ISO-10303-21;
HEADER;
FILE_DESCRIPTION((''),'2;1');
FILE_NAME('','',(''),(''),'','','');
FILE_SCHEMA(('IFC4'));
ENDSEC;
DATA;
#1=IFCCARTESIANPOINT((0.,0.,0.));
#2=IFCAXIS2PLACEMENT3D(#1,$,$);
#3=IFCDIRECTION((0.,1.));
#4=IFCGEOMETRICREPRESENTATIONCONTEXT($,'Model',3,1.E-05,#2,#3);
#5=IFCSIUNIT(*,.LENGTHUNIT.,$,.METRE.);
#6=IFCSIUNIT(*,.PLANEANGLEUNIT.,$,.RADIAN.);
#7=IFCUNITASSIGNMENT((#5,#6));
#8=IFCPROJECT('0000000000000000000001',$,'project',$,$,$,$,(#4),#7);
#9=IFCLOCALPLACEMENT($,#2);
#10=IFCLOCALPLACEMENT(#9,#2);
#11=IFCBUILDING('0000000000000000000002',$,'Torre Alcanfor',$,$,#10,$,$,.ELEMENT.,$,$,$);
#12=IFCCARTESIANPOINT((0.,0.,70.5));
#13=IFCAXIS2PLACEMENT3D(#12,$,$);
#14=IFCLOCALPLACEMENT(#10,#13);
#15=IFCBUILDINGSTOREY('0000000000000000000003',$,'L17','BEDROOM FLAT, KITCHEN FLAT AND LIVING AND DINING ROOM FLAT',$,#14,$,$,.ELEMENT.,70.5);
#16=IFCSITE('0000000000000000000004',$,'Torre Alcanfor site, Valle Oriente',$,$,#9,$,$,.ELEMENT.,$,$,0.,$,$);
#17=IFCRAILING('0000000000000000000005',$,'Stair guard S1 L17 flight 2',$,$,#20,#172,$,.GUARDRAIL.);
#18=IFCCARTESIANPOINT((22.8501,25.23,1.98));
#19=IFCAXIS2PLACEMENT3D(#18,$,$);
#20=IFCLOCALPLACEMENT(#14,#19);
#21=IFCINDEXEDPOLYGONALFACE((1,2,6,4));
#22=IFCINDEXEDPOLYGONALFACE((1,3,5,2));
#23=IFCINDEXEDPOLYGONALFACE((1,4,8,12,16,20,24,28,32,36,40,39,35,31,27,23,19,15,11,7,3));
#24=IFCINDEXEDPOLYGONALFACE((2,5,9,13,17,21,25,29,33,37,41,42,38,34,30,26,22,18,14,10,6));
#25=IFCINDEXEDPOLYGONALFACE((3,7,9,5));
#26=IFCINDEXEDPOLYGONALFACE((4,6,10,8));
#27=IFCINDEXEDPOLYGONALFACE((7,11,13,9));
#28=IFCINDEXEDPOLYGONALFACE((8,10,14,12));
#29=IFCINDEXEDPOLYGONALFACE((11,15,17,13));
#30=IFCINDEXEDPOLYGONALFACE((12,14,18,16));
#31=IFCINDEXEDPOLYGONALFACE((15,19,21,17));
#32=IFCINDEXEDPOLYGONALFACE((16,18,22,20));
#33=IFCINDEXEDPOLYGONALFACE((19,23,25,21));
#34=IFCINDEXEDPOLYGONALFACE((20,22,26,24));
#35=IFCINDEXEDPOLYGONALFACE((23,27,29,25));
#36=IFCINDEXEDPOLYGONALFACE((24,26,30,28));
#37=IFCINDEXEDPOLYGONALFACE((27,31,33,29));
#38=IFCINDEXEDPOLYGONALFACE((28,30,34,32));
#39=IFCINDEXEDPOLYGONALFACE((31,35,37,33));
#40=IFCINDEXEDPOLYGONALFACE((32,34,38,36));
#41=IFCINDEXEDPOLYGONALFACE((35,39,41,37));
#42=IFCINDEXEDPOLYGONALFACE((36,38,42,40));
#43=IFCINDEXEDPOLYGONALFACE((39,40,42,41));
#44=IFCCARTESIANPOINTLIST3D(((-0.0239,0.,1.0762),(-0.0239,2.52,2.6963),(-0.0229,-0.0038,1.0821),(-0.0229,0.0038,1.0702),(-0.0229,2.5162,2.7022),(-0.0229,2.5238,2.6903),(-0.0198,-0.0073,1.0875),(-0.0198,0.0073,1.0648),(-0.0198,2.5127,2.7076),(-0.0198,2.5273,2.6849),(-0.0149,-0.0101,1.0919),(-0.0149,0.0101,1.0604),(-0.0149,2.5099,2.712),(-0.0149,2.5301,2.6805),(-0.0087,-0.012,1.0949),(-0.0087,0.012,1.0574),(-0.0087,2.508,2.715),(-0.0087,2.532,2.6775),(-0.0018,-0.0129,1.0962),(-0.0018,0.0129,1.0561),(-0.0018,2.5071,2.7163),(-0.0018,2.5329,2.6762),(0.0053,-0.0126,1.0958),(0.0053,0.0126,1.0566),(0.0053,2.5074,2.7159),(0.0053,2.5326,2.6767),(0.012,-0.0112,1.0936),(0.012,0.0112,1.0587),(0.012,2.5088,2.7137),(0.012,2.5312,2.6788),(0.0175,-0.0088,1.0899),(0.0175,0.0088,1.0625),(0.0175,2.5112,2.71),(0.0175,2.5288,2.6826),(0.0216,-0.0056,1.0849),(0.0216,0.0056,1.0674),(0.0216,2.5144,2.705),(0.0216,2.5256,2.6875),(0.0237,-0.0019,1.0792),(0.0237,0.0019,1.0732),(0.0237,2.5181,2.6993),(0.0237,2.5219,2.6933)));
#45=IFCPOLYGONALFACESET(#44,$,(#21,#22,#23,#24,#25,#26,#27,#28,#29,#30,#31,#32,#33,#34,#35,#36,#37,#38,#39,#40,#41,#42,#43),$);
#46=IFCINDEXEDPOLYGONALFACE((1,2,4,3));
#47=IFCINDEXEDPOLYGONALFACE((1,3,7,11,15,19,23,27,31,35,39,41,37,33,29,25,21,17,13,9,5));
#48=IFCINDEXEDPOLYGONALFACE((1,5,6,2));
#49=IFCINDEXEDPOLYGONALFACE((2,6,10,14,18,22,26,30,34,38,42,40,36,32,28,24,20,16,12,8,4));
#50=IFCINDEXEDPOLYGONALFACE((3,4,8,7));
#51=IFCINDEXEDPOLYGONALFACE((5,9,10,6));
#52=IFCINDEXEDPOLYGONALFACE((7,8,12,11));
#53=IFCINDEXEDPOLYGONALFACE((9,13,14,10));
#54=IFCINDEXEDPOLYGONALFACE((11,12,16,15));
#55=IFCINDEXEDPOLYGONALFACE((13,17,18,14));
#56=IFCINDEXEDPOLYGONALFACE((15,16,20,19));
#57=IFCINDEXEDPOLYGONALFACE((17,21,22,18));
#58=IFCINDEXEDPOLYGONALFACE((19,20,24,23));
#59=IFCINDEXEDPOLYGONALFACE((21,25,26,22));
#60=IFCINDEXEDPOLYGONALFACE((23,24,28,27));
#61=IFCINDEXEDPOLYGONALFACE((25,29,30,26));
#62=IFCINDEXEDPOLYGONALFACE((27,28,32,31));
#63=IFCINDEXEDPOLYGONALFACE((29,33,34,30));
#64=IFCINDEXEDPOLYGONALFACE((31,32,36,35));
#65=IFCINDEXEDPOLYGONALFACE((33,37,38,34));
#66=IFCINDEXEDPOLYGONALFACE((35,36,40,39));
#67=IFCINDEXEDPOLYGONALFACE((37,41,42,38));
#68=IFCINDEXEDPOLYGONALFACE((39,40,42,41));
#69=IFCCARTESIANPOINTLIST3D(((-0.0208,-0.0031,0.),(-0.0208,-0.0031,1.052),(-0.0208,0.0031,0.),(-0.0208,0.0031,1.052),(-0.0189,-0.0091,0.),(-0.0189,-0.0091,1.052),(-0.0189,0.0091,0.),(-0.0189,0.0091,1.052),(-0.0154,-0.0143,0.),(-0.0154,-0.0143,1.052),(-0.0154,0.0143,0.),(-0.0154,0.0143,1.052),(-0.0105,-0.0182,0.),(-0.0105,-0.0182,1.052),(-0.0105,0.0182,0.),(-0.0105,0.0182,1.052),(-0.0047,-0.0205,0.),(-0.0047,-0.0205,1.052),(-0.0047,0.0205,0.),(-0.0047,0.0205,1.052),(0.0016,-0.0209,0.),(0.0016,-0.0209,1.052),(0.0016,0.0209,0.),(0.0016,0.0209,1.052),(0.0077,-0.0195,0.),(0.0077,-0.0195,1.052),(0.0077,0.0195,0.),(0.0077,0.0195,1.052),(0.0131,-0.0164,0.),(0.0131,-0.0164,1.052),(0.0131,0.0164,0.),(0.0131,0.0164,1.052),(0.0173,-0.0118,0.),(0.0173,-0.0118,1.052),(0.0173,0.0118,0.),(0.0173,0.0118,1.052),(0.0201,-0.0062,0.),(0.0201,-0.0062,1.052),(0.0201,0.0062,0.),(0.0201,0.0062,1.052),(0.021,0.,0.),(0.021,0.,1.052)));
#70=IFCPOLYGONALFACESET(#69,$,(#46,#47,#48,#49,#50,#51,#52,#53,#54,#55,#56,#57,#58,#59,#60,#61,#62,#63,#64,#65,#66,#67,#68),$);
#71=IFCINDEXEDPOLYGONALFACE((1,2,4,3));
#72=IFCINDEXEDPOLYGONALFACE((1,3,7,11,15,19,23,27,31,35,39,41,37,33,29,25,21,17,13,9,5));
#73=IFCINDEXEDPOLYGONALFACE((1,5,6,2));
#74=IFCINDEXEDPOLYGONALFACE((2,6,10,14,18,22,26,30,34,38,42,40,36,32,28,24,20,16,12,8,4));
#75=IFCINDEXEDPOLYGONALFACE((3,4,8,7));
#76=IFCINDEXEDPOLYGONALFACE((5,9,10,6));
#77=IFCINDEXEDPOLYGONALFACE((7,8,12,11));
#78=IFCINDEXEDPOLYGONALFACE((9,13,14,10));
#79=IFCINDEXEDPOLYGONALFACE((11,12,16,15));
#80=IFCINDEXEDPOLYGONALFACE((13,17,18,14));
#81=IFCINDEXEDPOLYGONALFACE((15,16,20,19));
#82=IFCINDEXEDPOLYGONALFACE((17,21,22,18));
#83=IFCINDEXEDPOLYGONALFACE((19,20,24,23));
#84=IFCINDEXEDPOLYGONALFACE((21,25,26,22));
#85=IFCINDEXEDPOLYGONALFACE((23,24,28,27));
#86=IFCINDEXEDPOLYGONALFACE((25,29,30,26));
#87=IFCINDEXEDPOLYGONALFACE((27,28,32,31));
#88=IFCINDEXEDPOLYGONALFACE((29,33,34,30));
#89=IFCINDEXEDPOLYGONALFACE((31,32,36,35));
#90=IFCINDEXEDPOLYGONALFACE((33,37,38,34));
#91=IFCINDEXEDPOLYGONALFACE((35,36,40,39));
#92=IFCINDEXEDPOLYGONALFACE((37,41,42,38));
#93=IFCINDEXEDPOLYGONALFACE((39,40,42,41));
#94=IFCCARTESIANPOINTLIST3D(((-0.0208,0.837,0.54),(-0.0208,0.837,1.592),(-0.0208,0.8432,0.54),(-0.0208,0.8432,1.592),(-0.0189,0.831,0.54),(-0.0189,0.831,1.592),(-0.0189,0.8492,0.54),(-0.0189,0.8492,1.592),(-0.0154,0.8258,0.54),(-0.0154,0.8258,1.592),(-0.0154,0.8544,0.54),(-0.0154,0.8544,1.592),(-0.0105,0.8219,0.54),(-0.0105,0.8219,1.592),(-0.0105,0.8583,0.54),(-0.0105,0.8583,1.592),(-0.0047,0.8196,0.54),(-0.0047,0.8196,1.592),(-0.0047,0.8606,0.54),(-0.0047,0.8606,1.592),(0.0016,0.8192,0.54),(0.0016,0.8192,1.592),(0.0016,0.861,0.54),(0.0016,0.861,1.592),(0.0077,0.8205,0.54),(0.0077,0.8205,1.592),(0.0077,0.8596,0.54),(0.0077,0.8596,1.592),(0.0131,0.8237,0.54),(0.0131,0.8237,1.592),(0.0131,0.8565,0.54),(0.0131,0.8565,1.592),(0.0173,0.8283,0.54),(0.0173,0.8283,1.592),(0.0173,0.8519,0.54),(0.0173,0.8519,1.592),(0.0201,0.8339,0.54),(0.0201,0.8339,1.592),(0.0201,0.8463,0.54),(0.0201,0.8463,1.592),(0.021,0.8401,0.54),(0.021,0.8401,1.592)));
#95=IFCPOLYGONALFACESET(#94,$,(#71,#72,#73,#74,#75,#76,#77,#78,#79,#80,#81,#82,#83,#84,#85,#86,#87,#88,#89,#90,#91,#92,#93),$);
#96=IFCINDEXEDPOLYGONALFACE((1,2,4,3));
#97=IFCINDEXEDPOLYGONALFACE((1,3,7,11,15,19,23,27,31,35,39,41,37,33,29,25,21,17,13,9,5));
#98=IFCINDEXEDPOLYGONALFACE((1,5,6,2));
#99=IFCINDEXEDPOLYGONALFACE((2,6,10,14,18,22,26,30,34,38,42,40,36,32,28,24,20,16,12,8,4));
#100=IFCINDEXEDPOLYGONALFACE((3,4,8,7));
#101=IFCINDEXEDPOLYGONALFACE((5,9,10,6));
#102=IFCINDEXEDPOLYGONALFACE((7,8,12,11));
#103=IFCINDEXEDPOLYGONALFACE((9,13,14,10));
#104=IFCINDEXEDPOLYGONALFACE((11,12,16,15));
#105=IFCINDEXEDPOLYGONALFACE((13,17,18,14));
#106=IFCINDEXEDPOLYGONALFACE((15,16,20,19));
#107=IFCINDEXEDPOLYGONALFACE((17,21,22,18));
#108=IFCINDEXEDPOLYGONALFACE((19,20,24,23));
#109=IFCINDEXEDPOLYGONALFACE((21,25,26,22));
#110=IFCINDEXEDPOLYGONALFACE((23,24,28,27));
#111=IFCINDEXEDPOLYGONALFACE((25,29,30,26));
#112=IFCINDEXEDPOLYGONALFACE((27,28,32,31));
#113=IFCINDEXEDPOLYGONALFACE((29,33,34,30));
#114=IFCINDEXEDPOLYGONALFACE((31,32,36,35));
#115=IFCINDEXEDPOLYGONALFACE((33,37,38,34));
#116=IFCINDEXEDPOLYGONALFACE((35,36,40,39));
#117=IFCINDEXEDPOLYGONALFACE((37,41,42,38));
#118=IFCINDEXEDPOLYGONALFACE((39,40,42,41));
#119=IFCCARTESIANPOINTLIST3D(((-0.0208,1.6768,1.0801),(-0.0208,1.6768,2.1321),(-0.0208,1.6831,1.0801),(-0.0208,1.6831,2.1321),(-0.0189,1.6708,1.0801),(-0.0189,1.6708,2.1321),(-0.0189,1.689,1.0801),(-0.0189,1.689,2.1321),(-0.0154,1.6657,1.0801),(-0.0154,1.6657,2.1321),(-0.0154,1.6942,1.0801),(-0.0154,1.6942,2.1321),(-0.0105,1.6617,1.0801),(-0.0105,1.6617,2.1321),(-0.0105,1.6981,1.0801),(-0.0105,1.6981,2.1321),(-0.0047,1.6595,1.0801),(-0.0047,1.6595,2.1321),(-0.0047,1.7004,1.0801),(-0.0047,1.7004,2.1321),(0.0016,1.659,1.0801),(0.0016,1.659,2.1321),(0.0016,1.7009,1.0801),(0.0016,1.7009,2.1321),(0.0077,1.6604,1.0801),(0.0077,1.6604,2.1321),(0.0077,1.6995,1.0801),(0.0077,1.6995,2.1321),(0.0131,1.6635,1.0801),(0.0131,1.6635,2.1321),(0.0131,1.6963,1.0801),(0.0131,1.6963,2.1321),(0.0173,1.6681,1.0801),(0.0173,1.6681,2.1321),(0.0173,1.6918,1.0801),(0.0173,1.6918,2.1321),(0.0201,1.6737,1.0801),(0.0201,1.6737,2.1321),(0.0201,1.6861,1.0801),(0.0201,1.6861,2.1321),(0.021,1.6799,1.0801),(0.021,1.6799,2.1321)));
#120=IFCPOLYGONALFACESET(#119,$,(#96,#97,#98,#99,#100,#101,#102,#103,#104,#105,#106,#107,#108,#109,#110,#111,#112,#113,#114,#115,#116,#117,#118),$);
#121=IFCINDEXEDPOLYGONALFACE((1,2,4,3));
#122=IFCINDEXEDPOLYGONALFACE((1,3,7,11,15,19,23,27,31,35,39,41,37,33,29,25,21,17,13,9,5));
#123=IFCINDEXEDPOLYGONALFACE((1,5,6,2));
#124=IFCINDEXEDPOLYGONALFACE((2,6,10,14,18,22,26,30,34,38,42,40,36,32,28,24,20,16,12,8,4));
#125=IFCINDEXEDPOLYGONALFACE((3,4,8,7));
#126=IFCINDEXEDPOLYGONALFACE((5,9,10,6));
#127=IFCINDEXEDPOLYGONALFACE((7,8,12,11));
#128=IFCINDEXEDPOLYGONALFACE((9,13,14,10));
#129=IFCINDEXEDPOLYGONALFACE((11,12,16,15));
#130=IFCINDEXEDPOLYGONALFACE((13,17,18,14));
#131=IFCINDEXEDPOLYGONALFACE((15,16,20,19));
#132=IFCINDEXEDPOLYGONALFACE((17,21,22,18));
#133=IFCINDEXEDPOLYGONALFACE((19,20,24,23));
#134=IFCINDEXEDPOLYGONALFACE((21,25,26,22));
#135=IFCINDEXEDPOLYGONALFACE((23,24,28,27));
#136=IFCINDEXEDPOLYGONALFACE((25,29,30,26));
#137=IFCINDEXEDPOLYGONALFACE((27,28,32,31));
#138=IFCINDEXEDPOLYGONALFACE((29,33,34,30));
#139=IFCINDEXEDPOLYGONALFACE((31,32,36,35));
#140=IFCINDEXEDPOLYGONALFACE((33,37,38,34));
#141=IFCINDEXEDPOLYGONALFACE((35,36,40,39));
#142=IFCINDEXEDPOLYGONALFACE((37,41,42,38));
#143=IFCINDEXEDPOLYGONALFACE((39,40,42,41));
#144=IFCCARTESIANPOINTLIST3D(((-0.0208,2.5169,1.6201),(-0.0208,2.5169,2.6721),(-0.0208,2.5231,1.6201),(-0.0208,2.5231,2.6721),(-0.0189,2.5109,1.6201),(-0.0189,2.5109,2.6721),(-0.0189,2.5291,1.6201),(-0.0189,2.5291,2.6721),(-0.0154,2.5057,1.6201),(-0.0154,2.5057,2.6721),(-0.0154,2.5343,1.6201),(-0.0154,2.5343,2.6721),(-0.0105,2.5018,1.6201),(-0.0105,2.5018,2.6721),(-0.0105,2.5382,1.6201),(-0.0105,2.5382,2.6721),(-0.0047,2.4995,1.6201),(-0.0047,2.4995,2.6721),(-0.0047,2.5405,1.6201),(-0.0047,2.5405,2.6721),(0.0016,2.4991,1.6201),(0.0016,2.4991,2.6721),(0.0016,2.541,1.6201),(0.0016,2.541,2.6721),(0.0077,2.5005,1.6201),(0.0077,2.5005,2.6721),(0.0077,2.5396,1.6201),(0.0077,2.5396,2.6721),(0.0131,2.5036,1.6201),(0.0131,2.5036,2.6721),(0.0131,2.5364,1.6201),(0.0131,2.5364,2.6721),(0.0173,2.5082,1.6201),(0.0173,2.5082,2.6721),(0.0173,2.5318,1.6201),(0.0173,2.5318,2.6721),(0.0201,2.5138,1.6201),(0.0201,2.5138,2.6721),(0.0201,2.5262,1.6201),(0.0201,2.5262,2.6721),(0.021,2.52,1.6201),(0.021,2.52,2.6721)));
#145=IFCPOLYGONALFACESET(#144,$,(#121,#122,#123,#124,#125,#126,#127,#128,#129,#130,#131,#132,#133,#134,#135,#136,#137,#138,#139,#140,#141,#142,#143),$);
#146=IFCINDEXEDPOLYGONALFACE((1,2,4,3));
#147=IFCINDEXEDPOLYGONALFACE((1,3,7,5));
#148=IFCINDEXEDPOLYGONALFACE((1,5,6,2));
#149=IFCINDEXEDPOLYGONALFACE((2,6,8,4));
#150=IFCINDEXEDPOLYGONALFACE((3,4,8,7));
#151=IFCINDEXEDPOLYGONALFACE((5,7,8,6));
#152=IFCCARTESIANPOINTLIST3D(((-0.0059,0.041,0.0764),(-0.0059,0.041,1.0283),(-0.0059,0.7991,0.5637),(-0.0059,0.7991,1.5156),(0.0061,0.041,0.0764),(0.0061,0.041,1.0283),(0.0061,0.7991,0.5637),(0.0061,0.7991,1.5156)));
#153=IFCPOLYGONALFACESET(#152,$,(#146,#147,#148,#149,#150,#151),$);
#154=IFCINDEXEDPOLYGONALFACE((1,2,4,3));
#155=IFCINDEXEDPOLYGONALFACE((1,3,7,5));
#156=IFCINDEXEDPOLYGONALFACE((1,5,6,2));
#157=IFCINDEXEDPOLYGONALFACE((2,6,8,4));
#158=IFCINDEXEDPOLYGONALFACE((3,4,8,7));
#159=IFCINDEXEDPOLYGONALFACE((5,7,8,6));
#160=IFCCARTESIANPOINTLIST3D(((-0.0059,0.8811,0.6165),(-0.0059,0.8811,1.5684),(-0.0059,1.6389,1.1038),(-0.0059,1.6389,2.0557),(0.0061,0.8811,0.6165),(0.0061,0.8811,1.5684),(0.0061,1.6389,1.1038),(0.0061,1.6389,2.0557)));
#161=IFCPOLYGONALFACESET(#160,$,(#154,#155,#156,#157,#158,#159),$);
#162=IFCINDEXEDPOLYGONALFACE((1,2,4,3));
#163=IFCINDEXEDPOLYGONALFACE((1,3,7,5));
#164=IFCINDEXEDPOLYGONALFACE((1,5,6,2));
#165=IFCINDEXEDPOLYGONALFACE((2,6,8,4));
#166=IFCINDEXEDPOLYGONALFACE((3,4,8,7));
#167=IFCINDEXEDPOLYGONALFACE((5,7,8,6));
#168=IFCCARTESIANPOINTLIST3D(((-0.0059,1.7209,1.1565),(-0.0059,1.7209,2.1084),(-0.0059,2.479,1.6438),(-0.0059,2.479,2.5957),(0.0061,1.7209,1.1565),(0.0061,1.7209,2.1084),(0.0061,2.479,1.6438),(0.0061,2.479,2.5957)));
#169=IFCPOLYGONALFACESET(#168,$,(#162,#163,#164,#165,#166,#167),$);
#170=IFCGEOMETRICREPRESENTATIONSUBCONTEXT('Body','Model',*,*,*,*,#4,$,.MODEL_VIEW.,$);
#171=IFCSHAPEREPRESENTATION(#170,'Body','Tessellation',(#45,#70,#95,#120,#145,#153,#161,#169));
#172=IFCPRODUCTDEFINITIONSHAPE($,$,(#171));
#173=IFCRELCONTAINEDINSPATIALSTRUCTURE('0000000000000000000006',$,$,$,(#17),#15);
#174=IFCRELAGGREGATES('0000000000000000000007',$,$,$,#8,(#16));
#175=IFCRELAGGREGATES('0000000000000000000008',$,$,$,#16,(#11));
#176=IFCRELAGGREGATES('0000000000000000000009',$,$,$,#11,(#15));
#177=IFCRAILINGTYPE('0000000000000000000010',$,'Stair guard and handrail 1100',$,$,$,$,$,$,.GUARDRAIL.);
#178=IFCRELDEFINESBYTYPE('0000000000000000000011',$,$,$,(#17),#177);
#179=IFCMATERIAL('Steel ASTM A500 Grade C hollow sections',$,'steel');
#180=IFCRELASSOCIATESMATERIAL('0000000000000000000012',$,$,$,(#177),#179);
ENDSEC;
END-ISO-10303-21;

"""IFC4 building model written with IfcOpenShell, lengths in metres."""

from ifc_helpers import new_model, si_unit, direction, frame, origin, origin_2d, place, context, subcontext, project, spatial, polyline, circle, outline, extrude, material, type_object, element, save


model = new_model("IFC4")

# Units and contexts
model_context = context("Model", 3, precision=1e-05, world=origin(), true_north=direction((0.0, 1.0)))
body_context = subcontext(model_context, "Body", "Model", "MODEL_VIEW")
ifc_project = project(units=[si_unit("LENGTHUNIT", "METRE"), si_unit("PLANEANGLEUNIT", "RADIAN")], contexts=[model_context])

# Site, building, storey
site_placement = place(None, origin())
site = spatial("IfcSite", under=ifc_project, at=site_placement, Name="Torre Alcanfor site, Valle Oriente", CompositionType="ELEMENT", RefElevation=0.0)
building_placement = place(site_placement, origin())
building = spatial("IfcBuilding", under=site, at=building_placement, Name="Torre Alcanfor", CompositionType="ELEMENT")
storey_placement = place(building_placement, frame((0.0, 0.0, 70.5)))
storey = spatial("IfcBuildingStorey", under=building, at=storey_placement, Name="L17", Description="BEDROOM FLAT, KITCHEN FLAT AND LIVING AND DINING ROOM FLAT", CompositionType="ELEMENT", Elevation=70.5)

# Railing
ifc_material_1 = material(Name="Steel ASTM A500 Grade C hollow sections", Category="steel")
railing_type_1 = type_object("IfcRailingType", Name="Stair guard and handrail 1100", PredefinedType="GUARDRAIL", material=ifc_material_1)
railing_1_placement = place(storey_placement, frame((22.8501, 25.23, 1.98)))
element("IfcRailing", 1, at=railing_1_placement, inside=storey, type_object=railing_type_1, Name="Stair guard S1 L17 flight 2", PredefinedType="GUARDRAIL", context=body_context, shape_type="SweptSolid", body=[
    extrude(circle(Radius=0.0239, at=origin_2d()), frame((0.0, 0.0, 1.0762), z_axis=(0.0, 0.841163, 0.540782), x_axis=(-1.0, 0.0, 0.0)), (0.0, 0.0, 1.0), 2.9958),
    extrude(circle(Radius=0.021, at=origin_2d()), origin(), (0.0, 0.0, 1.0), 1.052),
    extrude(circle(Radius=0.021, at=origin_2d()), frame((0.0, 0.8401, 0.54)), (0.0, 0.0, 1.0), 1.052),
    extrude(circle(Radius=0.021, at=origin_2d()), frame((0.0, 1.6799, 1.0801)), (0.0, 0.0, 1.0), 1.052),
    extrude(circle(Radius=0.021, at=origin_2d()), frame((0.0, 2.52, 1.6201)), (0.0, 0.0, 1.0), 1.052),
    extrude(outline(polyline([(0.041, 0.0764), (0.7991, 0.5637), (0.7991, 1.5156), (0.041, 1.0283), (0.041, 0.0764)])), frame((-0.0059, 0.0, 0.0), z_axis=(1.0, 0.0, 0.0), x_axis=(0.0, 1.0, 0.0)), (0.0, 0.0, 1.0), 0.012),
    extrude(outline(polyline([(0.8811, 0.6165), (1.6389, 1.1038), (1.6389, 2.0557), (0.8811, 1.5684), (0.8811, 0.6165)])), frame((-0.0059, 0.0, 0.0), z_axis=(1.0, 0.0, 0.0), x_axis=(0.0, 1.0, 0.0)), (0.0, 0.0, 1.0), 0.012),
    extrude(outline(polyline([(1.7209, 1.1565), (2.479, 1.6438), (2.479, 2.5957), (1.7209, 2.1084), (1.7209, 1.1565)])), frame((-0.0059, 0.0, 0.0), z_axis=(1.0, 0.0, 0.0), x_axis=(0.0, 1.0, 0.0)), (0.0, 0.0, 1.0), 0.012),
])

save(model, "model.ifc")
